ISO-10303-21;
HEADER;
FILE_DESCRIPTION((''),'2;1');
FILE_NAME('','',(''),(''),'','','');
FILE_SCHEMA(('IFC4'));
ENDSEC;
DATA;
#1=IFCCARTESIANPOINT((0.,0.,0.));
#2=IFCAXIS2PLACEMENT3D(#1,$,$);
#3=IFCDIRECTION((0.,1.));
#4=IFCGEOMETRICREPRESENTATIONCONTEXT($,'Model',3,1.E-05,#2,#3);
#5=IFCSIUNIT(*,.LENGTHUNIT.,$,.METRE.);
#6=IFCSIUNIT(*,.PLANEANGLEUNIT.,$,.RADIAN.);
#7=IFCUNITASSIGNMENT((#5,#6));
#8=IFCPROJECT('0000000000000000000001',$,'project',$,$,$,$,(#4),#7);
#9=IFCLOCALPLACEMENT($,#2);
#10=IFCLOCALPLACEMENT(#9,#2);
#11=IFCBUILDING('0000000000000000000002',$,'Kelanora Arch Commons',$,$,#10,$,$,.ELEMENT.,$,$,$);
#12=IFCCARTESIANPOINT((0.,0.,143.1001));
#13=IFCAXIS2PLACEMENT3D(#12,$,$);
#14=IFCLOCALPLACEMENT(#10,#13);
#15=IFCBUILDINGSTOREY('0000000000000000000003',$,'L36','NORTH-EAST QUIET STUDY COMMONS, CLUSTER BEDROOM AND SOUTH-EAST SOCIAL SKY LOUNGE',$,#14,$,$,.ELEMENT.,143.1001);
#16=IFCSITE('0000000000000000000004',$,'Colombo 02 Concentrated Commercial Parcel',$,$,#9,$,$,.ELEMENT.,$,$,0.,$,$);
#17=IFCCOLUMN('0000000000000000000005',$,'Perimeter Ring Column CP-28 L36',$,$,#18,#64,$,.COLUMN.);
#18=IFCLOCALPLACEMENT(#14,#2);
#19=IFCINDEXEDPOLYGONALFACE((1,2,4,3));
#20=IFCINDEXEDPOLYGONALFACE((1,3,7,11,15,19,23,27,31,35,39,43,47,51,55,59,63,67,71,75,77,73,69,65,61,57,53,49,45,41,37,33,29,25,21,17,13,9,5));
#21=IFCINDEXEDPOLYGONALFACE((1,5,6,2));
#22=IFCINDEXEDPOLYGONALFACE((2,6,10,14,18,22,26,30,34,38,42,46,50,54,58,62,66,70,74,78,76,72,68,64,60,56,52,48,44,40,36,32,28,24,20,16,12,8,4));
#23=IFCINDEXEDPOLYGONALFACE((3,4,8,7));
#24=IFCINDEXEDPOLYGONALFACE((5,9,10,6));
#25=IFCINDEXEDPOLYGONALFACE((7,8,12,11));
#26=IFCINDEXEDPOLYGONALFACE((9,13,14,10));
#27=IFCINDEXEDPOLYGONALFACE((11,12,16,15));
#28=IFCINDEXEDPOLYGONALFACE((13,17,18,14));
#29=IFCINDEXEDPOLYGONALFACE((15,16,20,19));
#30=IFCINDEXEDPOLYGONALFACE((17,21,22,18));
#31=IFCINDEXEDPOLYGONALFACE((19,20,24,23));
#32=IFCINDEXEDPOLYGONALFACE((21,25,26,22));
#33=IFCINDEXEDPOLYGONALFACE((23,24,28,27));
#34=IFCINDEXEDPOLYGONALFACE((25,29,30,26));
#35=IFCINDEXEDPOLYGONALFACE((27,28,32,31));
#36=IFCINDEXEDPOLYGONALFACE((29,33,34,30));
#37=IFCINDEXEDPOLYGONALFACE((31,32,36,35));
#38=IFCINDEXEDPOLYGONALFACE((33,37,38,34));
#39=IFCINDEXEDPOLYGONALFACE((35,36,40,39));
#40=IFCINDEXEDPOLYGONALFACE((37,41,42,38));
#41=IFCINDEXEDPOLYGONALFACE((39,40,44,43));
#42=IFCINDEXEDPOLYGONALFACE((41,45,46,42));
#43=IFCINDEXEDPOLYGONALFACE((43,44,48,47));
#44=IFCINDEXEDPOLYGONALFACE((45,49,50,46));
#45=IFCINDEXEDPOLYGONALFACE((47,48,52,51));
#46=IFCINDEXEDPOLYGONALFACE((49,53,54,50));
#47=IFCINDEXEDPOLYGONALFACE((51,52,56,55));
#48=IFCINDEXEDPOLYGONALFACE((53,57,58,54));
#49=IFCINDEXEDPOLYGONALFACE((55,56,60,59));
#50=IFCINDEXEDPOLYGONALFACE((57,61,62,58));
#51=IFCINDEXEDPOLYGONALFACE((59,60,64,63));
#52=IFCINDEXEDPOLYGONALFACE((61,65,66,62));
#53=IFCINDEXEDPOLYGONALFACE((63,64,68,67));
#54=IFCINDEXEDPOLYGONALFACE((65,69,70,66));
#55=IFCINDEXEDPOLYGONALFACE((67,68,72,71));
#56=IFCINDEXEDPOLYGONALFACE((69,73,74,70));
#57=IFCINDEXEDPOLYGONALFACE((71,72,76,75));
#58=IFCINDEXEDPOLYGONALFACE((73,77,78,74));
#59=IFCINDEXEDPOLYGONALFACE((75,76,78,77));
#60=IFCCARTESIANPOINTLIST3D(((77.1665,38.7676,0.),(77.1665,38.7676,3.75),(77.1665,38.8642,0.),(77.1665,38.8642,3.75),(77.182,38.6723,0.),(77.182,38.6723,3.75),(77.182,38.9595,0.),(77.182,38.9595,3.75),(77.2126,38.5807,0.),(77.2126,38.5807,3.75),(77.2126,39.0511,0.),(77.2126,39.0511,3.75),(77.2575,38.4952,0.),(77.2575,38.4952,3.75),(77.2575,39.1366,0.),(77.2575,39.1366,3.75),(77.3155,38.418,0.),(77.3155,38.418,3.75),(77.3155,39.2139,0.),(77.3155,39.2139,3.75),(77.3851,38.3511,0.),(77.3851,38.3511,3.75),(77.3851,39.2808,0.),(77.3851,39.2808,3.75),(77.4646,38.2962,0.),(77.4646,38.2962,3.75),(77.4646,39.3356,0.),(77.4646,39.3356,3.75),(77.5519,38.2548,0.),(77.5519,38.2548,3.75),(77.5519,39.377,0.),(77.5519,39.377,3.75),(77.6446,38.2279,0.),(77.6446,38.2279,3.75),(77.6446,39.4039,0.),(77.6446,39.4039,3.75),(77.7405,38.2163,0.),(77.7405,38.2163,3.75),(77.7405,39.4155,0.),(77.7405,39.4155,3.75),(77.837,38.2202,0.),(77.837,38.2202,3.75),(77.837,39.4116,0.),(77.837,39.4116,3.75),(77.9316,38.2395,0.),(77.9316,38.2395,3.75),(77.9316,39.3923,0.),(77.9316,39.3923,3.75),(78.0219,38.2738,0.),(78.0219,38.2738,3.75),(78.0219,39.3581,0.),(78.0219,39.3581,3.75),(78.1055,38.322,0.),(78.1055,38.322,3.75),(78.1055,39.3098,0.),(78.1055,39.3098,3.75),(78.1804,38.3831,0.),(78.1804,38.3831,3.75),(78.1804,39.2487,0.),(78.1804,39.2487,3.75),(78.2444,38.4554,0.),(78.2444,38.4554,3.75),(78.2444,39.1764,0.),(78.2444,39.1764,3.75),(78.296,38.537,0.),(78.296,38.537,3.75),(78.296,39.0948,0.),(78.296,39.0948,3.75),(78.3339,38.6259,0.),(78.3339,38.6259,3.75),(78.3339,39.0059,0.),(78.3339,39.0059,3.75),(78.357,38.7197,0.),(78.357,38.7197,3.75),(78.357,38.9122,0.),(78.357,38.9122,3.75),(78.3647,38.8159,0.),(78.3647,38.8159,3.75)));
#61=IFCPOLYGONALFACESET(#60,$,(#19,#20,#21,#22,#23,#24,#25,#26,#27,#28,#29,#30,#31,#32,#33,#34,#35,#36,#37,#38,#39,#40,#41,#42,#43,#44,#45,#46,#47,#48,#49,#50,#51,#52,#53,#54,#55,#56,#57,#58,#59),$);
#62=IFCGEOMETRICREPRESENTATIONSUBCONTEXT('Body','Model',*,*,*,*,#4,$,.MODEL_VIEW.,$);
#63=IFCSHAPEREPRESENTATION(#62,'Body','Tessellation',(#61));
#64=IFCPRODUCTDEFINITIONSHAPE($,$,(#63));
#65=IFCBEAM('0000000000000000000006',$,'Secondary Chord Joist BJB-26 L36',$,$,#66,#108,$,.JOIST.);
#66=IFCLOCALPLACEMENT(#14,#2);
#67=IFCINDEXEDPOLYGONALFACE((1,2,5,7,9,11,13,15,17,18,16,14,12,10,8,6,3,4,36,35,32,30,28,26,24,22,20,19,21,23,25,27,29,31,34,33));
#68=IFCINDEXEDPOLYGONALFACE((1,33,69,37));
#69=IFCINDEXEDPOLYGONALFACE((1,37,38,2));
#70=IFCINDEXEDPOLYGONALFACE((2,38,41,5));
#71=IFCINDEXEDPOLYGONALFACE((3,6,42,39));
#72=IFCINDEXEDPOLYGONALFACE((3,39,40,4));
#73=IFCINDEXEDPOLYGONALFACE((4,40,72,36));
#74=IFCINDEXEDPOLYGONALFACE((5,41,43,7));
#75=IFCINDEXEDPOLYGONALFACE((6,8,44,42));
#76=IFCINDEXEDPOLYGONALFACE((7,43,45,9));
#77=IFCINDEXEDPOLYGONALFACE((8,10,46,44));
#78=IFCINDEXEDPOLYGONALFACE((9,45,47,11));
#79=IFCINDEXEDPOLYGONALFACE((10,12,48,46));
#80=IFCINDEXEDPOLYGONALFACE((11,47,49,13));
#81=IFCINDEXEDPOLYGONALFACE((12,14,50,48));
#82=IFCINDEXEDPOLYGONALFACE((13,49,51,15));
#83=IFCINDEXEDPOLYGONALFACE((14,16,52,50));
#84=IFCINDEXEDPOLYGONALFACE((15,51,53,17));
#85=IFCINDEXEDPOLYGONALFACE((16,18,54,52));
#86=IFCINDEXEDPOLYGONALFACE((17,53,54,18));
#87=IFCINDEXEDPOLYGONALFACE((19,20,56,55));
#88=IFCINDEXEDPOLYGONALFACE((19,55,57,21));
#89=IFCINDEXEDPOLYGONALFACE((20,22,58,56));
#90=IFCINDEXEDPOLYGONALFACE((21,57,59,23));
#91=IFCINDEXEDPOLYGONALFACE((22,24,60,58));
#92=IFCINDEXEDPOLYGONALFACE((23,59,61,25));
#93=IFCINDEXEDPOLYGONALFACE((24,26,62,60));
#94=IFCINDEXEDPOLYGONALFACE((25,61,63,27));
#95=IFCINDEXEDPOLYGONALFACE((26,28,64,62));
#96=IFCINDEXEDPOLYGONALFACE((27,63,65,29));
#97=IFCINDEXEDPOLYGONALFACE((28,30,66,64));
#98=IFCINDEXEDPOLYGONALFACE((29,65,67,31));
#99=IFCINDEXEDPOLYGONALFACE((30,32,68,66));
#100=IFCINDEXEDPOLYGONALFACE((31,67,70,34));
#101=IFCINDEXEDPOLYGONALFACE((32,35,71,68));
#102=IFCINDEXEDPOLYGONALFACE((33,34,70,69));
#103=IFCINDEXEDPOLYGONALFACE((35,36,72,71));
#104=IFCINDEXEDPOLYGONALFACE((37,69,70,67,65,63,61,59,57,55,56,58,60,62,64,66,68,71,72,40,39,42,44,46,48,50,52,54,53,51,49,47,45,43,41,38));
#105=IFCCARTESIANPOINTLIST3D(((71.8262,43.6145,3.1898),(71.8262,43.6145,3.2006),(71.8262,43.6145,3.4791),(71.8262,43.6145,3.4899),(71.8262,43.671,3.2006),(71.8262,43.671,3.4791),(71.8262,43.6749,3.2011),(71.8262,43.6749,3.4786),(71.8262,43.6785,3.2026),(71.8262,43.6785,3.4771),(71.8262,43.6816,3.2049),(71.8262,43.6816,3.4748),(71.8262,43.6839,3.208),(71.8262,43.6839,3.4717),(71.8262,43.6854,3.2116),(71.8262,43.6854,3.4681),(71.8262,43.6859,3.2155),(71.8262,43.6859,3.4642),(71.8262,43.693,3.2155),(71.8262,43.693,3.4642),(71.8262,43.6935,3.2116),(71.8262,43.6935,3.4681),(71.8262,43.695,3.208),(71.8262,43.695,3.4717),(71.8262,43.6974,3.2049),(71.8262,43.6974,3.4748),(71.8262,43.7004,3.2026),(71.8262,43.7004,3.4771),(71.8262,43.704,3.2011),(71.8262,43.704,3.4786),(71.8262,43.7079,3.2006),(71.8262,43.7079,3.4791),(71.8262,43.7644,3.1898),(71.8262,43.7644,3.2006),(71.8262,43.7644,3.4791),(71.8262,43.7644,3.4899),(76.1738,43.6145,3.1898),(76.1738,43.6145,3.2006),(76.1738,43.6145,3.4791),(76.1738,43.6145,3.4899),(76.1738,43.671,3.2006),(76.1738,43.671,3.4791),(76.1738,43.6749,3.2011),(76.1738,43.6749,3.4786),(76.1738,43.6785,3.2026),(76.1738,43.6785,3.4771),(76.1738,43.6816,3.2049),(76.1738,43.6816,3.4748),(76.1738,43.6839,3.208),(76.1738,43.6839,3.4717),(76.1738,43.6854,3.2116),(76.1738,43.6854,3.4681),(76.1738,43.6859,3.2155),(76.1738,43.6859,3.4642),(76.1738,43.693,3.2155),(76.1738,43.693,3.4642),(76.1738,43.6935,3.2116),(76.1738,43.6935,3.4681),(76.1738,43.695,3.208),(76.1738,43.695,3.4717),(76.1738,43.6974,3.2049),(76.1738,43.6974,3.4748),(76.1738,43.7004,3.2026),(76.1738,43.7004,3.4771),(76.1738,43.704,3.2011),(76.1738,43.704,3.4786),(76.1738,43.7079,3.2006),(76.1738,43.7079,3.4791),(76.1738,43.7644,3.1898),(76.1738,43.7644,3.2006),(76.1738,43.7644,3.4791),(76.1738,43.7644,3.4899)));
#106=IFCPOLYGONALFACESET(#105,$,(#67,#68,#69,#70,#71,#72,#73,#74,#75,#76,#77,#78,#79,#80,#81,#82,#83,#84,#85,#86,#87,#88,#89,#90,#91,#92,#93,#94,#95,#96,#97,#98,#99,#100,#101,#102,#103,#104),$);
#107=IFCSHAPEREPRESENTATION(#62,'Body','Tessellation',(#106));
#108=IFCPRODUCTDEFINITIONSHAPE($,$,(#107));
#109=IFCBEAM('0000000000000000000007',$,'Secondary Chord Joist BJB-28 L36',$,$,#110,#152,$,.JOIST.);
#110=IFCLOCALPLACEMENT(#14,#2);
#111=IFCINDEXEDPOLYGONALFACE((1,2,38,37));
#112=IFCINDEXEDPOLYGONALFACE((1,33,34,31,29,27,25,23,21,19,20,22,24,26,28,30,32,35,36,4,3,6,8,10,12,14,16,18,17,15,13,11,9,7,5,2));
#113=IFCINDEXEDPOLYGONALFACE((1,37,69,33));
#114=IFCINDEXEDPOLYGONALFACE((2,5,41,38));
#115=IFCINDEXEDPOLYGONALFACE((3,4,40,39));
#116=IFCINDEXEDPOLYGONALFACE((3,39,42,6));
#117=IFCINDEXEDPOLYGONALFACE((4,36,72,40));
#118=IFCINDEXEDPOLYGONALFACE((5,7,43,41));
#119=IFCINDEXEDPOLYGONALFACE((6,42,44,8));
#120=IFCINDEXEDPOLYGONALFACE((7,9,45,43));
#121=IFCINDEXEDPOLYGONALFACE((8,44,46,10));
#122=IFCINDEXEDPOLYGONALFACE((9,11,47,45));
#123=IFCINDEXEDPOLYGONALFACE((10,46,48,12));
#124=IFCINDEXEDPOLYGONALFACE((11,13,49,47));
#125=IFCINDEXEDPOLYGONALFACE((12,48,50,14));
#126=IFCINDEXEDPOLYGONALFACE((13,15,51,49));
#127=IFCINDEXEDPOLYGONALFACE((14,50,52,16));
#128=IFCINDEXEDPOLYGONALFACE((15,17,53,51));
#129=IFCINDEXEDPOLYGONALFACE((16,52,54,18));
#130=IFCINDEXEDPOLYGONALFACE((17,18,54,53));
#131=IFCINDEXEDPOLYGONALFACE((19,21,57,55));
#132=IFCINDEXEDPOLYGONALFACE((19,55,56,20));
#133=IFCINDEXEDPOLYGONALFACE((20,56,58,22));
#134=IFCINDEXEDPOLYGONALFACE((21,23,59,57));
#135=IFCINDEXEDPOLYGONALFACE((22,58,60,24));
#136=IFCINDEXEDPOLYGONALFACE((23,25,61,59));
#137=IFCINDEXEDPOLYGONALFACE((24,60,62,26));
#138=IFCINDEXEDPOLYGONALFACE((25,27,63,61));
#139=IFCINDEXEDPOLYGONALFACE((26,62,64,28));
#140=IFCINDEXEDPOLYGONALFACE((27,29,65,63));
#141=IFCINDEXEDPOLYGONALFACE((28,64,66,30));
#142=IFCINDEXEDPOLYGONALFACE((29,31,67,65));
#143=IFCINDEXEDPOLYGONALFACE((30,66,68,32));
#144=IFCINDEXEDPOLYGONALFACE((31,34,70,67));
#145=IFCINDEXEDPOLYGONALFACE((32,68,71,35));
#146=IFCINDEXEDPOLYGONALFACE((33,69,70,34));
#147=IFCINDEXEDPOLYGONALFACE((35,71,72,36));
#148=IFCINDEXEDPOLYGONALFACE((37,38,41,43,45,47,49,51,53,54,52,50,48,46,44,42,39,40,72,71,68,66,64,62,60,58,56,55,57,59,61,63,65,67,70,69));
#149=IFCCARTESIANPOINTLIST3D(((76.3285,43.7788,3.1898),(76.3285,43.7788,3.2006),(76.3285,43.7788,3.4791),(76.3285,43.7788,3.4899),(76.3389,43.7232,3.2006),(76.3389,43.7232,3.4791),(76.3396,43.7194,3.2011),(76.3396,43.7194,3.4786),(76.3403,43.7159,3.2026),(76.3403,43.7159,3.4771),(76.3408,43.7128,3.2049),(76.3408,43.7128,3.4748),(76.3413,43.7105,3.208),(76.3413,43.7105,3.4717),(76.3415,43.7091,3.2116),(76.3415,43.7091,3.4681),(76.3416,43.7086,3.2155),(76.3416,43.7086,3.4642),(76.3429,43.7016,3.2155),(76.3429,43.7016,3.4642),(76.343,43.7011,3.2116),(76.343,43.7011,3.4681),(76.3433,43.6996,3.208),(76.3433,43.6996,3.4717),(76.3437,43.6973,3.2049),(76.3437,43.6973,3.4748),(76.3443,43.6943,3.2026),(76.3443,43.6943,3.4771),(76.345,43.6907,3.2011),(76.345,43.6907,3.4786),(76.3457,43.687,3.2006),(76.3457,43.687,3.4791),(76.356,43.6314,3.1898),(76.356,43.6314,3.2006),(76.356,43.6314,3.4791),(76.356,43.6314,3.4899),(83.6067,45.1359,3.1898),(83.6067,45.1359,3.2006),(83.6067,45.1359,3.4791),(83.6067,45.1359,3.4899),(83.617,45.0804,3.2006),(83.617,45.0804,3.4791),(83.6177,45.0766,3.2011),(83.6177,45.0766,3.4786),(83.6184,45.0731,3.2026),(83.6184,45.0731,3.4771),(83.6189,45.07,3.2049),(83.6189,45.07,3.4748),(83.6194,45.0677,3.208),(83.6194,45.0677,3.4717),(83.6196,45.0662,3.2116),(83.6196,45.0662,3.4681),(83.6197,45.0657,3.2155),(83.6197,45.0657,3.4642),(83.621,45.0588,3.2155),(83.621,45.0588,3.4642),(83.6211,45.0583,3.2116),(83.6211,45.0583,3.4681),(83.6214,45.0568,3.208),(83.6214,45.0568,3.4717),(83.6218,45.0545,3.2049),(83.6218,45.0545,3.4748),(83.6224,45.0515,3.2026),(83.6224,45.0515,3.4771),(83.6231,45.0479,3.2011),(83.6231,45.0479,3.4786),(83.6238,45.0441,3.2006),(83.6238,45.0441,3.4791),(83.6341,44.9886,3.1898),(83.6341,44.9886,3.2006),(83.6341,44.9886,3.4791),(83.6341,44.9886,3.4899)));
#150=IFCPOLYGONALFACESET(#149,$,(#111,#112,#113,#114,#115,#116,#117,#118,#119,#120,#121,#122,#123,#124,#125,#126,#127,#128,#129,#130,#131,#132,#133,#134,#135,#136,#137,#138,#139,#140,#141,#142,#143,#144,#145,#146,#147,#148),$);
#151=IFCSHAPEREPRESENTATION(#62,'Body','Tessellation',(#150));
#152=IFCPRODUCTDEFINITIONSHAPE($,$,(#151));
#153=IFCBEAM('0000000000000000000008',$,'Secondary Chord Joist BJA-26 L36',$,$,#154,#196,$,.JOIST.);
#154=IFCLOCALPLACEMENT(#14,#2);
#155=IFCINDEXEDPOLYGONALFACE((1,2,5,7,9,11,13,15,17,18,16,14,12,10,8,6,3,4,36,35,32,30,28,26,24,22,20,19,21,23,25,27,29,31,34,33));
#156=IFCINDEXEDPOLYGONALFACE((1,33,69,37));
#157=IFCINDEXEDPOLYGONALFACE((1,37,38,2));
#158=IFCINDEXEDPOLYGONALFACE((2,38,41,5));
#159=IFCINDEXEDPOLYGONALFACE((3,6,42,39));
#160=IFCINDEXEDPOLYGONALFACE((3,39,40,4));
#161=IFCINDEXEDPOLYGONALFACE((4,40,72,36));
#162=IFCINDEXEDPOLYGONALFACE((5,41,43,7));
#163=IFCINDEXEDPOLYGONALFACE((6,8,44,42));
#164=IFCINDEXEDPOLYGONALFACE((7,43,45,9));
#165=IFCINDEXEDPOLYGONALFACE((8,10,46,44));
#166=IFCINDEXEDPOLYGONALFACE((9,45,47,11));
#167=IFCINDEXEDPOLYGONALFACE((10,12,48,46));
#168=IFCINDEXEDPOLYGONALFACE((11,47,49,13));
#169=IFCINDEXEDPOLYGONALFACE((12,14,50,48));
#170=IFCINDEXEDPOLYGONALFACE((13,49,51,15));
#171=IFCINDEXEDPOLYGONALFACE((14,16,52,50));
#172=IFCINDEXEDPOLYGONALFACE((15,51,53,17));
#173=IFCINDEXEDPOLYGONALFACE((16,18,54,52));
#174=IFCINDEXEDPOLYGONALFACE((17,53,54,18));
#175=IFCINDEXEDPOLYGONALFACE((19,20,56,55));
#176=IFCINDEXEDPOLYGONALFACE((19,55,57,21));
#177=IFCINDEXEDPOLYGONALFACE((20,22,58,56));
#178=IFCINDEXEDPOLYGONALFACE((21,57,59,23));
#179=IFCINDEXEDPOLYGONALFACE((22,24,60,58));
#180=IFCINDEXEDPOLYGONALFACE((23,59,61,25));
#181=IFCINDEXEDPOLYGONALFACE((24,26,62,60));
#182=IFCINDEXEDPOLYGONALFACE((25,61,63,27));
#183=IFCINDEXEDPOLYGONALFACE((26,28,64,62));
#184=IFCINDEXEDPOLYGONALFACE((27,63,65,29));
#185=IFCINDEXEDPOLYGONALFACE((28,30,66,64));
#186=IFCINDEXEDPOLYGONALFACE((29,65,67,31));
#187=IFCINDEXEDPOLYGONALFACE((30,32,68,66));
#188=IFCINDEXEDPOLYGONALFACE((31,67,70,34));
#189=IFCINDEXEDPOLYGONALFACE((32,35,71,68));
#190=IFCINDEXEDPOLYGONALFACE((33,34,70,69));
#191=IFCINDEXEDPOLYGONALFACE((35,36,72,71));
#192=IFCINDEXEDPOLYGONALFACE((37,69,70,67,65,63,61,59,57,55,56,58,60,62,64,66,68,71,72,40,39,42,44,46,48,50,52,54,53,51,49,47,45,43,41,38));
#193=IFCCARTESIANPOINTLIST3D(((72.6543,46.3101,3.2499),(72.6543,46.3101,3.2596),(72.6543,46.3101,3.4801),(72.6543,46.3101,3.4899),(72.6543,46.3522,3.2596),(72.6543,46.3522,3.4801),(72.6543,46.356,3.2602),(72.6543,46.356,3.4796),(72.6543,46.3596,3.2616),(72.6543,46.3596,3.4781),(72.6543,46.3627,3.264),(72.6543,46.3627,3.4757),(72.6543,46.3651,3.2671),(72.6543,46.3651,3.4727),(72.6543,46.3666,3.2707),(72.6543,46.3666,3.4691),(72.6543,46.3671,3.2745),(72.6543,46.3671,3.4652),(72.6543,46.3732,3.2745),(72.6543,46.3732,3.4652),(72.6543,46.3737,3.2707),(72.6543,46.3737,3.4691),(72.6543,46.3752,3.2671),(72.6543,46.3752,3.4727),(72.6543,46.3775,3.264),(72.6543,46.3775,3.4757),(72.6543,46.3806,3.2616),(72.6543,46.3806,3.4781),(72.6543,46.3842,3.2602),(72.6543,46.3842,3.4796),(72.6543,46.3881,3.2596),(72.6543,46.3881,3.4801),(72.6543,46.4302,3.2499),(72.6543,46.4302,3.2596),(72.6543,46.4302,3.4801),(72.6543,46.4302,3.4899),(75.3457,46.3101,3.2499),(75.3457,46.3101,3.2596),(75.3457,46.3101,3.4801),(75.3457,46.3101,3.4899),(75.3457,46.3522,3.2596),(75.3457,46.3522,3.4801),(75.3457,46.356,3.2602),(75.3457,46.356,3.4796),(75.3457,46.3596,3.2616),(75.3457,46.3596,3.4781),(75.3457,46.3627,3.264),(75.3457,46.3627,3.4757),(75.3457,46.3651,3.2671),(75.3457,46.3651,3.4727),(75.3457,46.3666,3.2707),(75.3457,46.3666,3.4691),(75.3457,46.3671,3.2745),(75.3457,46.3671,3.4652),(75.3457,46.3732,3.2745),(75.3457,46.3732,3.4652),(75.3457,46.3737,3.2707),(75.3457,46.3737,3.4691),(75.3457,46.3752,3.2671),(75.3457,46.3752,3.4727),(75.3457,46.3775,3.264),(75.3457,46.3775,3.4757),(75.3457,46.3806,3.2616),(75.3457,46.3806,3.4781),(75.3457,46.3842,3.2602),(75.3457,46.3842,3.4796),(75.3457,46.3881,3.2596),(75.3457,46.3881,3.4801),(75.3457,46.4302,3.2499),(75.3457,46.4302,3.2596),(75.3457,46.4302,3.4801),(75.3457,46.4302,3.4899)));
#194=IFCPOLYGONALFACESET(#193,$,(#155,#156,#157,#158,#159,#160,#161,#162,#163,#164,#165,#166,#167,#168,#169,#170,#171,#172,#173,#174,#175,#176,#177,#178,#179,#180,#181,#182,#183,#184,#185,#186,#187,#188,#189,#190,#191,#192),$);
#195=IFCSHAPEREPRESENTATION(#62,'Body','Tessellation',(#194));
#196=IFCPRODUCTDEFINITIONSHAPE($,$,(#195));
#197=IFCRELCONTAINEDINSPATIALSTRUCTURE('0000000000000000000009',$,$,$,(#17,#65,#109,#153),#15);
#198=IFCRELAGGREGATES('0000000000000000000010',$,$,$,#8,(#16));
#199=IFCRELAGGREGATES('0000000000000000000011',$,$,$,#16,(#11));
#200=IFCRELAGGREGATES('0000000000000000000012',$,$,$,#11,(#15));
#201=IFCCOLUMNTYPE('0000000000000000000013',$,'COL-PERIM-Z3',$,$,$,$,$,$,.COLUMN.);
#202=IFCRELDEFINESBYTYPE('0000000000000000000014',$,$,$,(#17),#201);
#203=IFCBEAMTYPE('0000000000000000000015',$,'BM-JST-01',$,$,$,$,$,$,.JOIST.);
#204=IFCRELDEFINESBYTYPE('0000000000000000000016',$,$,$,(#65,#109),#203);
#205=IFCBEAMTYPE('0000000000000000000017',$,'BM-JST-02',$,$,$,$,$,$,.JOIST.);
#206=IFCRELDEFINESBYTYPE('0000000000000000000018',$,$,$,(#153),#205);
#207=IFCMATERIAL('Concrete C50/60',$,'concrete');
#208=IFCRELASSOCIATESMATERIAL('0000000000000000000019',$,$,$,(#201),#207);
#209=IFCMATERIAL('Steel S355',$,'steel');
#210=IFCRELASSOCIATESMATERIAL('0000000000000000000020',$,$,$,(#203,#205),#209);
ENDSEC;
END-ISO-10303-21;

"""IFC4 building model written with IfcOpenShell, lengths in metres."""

from ifc_helpers import new_model, si_unit, direction, frame, origin, origin_2d, place, context, subcontext, project, spatial, circle, i_section, extrude, material, material_profile, profile_set, type_object, element, save


model = new_model("IFC4")

# Units and contexts
model_context = context("Model", 3, precision=1e-05, world=origin(), true_north=direction((0.0, 1.0)))
body_context = subcontext(model_context, "Body", "Model", "MODEL_VIEW")
ifc_project = project(units=[si_unit("LENGTHUNIT", "METRE"), si_unit("PLANEANGLEUNIT", "RADIAN")], contexts=[model_context])

# Site, building, storey
site_placement = place(None, origin())
site = spatial("IfcSite", under=ifc_project, at=site_placement, Name="Colombo 02 Concentrated Commercial Parcel", CompositionType="ELEMENT", RefElevation=0.0)
building_placement = place(site_placement, origin())
building = spatial("IfcBuilding", under=site, at=building_placement, Name="Kelanora Arch Commons", CompositionType="ELEMENT")
storey_placement = place(building_placement, frame((0.0, 0.0, 143.1001)))
storey = spatial("IfcBuildingStorey", under=building, at=storey_placement, Name="L36", Description="NORTH-EAST QUIET STUDY COMMONS, CLUSTER BEDROOM AND SOUTH-EAST SOCIAL SKY LOUNGE", CompositionType="ELEMENT", Elevation=143.1001)

# Column
ifc_material_1 = material(Name="Concrete C50/60", Category="concrete")
ifc_material_profile_1 = material_profile(ifc_material_1, circle(Radius=0.6001, at=origin_2d()), Name="RCC1200")
ifc_profile_set_1 = profile_set([ifc_material_profile_1], Name="Concrete C50/60")
column_type = type_object("IfcColumnType", Name="COL-PERIM-Z3", PredefinedType="COLUMN", material=ifc_profile_set_1)
column_placement = place(storey_placement, frame((77.7646, 38.8159, 0.0), z_axis=(0.0, 0.0, 1.0), x_axis=(1.0, 0.0, 0.0)))
element("IfcColumn", 1, at=column_placement, inside=storey, type_object=column_type, Name="Perimeter Ring Column CP-28 L36", PredefinedType="COLUMN", context=body_context, shape_type="SweptSolid", body=[
    extrude(circle(Radius=0.6001, at=origin_2d()), origin(), (0.0, 0.0, 1.0), 3.75),
])

# Beams
ifc_material_2 = material(Name="Steel S355", Category="steel")
ifc_material_profile_2 = material_profile(ifc_material_2, i_section(OverallWidth=0.1499, OverallDepth=0.3, WebThickness=0.0071, FlangeThickness=0.0107, FilletRadius=0.0149, at=origin_2d()), Name="IPE300")
ifc_profile_set_2 = profile_set([ifc_material_profile_2], Name="Steel S355")
beam_type_1 = type_object("IfcBeamType", Name="BM-JST-01", PredefinedType="JOIST", material=ifc_profile_set_2)
beam_1_placement = place(storey_placement, frame((71.8262, 43.6895, 3.3398), z_axis=(1.0, 0.0, 0.0), x_axis=(0.0, 1.0, 0.0)))
element("IfcBeam", 2, at=beam_1_placement, inside=storey, type_object=beam_type_1, Name="Secondary Chord Joist BJB-26 L36", PredefinedType="JOIST", context=body_context, shape_type="SweptSolid", body=[
    extrude(i_section(OverallWidth=0.1499, OverallDepth=0.3, WebThickness=0.0071, FlangeThickness=0.0107, FilletRadius=0.0149, at=origin_2d()), origin(), (0.0, 0.0, 1.0), 4.3477),
])
beam_2_placement = place(storey_placement, frame((76.3423, 43.7051, 3.3398), z_axis=(0.983054, 0.183315, 0.0), x_axis=(-0.183315, 0.983054, 0.0)))
element("IfcBeam", 3, at=beam_2_placement, inside=storey, type_object=beam_type_1, Name="Secondary Chord Joist BJB-28 L36", PredefinedType="JOIST", context=body_context, shape_type="SweptSolid", body=[
    extrude(i_section(OverallWidth=0.1499, OverallDepth=0.3, WebThickness=0.0071, FlangeThickness=0.0107, FilletRadius=0.0149, at=origin_2d()), origin(), (0.0, 0.0, 1.0), 7.4036),
])
ifc_material_profile_3 = material_profile(ifc_material_2, i_section(OverallWidth=0.1201, OverallDepth=0.24, WebThickness=0.0061, FlangeThickness=0.0098, FilletRadius=0.0149, at=origin_2d()), Name="IPE240")
ifc_profile_set_3 = profile_set([ifc_material_profile_3], Name="Steel S355")
beam_type_2 = type_object("IfcBeamType", Name="BM-JST-02", PredefinedType="JOIST", material=ifc_profile_set_3)
beam_3_placement = place(storey_placement, frame((72.6543, 46.3701, 3.3699), z_axis=(1.0, 0.0, 0.0), x_axis=(0.0, 1.0, 0.0)))
element("IfcBeam", 4, at=beam_3_placement, inside=storey, type_object=beam_type_2, Name="Secondary Chord Joist BJA-26 L36", PredefinedType="JOIST", context=body_context, shape_type="SweptSolid", body=[
    extrude(i_section(OverallWidth=0.1201, OverallDepth=0.24, WebThickness=0.0061, FlangeThickness=0.0098, FilletRadius=0.0149, at=origin_2d()), origin(), (0.0, 0.0, 1.0), 2.6914),
])

save(model, "model.ifc")
